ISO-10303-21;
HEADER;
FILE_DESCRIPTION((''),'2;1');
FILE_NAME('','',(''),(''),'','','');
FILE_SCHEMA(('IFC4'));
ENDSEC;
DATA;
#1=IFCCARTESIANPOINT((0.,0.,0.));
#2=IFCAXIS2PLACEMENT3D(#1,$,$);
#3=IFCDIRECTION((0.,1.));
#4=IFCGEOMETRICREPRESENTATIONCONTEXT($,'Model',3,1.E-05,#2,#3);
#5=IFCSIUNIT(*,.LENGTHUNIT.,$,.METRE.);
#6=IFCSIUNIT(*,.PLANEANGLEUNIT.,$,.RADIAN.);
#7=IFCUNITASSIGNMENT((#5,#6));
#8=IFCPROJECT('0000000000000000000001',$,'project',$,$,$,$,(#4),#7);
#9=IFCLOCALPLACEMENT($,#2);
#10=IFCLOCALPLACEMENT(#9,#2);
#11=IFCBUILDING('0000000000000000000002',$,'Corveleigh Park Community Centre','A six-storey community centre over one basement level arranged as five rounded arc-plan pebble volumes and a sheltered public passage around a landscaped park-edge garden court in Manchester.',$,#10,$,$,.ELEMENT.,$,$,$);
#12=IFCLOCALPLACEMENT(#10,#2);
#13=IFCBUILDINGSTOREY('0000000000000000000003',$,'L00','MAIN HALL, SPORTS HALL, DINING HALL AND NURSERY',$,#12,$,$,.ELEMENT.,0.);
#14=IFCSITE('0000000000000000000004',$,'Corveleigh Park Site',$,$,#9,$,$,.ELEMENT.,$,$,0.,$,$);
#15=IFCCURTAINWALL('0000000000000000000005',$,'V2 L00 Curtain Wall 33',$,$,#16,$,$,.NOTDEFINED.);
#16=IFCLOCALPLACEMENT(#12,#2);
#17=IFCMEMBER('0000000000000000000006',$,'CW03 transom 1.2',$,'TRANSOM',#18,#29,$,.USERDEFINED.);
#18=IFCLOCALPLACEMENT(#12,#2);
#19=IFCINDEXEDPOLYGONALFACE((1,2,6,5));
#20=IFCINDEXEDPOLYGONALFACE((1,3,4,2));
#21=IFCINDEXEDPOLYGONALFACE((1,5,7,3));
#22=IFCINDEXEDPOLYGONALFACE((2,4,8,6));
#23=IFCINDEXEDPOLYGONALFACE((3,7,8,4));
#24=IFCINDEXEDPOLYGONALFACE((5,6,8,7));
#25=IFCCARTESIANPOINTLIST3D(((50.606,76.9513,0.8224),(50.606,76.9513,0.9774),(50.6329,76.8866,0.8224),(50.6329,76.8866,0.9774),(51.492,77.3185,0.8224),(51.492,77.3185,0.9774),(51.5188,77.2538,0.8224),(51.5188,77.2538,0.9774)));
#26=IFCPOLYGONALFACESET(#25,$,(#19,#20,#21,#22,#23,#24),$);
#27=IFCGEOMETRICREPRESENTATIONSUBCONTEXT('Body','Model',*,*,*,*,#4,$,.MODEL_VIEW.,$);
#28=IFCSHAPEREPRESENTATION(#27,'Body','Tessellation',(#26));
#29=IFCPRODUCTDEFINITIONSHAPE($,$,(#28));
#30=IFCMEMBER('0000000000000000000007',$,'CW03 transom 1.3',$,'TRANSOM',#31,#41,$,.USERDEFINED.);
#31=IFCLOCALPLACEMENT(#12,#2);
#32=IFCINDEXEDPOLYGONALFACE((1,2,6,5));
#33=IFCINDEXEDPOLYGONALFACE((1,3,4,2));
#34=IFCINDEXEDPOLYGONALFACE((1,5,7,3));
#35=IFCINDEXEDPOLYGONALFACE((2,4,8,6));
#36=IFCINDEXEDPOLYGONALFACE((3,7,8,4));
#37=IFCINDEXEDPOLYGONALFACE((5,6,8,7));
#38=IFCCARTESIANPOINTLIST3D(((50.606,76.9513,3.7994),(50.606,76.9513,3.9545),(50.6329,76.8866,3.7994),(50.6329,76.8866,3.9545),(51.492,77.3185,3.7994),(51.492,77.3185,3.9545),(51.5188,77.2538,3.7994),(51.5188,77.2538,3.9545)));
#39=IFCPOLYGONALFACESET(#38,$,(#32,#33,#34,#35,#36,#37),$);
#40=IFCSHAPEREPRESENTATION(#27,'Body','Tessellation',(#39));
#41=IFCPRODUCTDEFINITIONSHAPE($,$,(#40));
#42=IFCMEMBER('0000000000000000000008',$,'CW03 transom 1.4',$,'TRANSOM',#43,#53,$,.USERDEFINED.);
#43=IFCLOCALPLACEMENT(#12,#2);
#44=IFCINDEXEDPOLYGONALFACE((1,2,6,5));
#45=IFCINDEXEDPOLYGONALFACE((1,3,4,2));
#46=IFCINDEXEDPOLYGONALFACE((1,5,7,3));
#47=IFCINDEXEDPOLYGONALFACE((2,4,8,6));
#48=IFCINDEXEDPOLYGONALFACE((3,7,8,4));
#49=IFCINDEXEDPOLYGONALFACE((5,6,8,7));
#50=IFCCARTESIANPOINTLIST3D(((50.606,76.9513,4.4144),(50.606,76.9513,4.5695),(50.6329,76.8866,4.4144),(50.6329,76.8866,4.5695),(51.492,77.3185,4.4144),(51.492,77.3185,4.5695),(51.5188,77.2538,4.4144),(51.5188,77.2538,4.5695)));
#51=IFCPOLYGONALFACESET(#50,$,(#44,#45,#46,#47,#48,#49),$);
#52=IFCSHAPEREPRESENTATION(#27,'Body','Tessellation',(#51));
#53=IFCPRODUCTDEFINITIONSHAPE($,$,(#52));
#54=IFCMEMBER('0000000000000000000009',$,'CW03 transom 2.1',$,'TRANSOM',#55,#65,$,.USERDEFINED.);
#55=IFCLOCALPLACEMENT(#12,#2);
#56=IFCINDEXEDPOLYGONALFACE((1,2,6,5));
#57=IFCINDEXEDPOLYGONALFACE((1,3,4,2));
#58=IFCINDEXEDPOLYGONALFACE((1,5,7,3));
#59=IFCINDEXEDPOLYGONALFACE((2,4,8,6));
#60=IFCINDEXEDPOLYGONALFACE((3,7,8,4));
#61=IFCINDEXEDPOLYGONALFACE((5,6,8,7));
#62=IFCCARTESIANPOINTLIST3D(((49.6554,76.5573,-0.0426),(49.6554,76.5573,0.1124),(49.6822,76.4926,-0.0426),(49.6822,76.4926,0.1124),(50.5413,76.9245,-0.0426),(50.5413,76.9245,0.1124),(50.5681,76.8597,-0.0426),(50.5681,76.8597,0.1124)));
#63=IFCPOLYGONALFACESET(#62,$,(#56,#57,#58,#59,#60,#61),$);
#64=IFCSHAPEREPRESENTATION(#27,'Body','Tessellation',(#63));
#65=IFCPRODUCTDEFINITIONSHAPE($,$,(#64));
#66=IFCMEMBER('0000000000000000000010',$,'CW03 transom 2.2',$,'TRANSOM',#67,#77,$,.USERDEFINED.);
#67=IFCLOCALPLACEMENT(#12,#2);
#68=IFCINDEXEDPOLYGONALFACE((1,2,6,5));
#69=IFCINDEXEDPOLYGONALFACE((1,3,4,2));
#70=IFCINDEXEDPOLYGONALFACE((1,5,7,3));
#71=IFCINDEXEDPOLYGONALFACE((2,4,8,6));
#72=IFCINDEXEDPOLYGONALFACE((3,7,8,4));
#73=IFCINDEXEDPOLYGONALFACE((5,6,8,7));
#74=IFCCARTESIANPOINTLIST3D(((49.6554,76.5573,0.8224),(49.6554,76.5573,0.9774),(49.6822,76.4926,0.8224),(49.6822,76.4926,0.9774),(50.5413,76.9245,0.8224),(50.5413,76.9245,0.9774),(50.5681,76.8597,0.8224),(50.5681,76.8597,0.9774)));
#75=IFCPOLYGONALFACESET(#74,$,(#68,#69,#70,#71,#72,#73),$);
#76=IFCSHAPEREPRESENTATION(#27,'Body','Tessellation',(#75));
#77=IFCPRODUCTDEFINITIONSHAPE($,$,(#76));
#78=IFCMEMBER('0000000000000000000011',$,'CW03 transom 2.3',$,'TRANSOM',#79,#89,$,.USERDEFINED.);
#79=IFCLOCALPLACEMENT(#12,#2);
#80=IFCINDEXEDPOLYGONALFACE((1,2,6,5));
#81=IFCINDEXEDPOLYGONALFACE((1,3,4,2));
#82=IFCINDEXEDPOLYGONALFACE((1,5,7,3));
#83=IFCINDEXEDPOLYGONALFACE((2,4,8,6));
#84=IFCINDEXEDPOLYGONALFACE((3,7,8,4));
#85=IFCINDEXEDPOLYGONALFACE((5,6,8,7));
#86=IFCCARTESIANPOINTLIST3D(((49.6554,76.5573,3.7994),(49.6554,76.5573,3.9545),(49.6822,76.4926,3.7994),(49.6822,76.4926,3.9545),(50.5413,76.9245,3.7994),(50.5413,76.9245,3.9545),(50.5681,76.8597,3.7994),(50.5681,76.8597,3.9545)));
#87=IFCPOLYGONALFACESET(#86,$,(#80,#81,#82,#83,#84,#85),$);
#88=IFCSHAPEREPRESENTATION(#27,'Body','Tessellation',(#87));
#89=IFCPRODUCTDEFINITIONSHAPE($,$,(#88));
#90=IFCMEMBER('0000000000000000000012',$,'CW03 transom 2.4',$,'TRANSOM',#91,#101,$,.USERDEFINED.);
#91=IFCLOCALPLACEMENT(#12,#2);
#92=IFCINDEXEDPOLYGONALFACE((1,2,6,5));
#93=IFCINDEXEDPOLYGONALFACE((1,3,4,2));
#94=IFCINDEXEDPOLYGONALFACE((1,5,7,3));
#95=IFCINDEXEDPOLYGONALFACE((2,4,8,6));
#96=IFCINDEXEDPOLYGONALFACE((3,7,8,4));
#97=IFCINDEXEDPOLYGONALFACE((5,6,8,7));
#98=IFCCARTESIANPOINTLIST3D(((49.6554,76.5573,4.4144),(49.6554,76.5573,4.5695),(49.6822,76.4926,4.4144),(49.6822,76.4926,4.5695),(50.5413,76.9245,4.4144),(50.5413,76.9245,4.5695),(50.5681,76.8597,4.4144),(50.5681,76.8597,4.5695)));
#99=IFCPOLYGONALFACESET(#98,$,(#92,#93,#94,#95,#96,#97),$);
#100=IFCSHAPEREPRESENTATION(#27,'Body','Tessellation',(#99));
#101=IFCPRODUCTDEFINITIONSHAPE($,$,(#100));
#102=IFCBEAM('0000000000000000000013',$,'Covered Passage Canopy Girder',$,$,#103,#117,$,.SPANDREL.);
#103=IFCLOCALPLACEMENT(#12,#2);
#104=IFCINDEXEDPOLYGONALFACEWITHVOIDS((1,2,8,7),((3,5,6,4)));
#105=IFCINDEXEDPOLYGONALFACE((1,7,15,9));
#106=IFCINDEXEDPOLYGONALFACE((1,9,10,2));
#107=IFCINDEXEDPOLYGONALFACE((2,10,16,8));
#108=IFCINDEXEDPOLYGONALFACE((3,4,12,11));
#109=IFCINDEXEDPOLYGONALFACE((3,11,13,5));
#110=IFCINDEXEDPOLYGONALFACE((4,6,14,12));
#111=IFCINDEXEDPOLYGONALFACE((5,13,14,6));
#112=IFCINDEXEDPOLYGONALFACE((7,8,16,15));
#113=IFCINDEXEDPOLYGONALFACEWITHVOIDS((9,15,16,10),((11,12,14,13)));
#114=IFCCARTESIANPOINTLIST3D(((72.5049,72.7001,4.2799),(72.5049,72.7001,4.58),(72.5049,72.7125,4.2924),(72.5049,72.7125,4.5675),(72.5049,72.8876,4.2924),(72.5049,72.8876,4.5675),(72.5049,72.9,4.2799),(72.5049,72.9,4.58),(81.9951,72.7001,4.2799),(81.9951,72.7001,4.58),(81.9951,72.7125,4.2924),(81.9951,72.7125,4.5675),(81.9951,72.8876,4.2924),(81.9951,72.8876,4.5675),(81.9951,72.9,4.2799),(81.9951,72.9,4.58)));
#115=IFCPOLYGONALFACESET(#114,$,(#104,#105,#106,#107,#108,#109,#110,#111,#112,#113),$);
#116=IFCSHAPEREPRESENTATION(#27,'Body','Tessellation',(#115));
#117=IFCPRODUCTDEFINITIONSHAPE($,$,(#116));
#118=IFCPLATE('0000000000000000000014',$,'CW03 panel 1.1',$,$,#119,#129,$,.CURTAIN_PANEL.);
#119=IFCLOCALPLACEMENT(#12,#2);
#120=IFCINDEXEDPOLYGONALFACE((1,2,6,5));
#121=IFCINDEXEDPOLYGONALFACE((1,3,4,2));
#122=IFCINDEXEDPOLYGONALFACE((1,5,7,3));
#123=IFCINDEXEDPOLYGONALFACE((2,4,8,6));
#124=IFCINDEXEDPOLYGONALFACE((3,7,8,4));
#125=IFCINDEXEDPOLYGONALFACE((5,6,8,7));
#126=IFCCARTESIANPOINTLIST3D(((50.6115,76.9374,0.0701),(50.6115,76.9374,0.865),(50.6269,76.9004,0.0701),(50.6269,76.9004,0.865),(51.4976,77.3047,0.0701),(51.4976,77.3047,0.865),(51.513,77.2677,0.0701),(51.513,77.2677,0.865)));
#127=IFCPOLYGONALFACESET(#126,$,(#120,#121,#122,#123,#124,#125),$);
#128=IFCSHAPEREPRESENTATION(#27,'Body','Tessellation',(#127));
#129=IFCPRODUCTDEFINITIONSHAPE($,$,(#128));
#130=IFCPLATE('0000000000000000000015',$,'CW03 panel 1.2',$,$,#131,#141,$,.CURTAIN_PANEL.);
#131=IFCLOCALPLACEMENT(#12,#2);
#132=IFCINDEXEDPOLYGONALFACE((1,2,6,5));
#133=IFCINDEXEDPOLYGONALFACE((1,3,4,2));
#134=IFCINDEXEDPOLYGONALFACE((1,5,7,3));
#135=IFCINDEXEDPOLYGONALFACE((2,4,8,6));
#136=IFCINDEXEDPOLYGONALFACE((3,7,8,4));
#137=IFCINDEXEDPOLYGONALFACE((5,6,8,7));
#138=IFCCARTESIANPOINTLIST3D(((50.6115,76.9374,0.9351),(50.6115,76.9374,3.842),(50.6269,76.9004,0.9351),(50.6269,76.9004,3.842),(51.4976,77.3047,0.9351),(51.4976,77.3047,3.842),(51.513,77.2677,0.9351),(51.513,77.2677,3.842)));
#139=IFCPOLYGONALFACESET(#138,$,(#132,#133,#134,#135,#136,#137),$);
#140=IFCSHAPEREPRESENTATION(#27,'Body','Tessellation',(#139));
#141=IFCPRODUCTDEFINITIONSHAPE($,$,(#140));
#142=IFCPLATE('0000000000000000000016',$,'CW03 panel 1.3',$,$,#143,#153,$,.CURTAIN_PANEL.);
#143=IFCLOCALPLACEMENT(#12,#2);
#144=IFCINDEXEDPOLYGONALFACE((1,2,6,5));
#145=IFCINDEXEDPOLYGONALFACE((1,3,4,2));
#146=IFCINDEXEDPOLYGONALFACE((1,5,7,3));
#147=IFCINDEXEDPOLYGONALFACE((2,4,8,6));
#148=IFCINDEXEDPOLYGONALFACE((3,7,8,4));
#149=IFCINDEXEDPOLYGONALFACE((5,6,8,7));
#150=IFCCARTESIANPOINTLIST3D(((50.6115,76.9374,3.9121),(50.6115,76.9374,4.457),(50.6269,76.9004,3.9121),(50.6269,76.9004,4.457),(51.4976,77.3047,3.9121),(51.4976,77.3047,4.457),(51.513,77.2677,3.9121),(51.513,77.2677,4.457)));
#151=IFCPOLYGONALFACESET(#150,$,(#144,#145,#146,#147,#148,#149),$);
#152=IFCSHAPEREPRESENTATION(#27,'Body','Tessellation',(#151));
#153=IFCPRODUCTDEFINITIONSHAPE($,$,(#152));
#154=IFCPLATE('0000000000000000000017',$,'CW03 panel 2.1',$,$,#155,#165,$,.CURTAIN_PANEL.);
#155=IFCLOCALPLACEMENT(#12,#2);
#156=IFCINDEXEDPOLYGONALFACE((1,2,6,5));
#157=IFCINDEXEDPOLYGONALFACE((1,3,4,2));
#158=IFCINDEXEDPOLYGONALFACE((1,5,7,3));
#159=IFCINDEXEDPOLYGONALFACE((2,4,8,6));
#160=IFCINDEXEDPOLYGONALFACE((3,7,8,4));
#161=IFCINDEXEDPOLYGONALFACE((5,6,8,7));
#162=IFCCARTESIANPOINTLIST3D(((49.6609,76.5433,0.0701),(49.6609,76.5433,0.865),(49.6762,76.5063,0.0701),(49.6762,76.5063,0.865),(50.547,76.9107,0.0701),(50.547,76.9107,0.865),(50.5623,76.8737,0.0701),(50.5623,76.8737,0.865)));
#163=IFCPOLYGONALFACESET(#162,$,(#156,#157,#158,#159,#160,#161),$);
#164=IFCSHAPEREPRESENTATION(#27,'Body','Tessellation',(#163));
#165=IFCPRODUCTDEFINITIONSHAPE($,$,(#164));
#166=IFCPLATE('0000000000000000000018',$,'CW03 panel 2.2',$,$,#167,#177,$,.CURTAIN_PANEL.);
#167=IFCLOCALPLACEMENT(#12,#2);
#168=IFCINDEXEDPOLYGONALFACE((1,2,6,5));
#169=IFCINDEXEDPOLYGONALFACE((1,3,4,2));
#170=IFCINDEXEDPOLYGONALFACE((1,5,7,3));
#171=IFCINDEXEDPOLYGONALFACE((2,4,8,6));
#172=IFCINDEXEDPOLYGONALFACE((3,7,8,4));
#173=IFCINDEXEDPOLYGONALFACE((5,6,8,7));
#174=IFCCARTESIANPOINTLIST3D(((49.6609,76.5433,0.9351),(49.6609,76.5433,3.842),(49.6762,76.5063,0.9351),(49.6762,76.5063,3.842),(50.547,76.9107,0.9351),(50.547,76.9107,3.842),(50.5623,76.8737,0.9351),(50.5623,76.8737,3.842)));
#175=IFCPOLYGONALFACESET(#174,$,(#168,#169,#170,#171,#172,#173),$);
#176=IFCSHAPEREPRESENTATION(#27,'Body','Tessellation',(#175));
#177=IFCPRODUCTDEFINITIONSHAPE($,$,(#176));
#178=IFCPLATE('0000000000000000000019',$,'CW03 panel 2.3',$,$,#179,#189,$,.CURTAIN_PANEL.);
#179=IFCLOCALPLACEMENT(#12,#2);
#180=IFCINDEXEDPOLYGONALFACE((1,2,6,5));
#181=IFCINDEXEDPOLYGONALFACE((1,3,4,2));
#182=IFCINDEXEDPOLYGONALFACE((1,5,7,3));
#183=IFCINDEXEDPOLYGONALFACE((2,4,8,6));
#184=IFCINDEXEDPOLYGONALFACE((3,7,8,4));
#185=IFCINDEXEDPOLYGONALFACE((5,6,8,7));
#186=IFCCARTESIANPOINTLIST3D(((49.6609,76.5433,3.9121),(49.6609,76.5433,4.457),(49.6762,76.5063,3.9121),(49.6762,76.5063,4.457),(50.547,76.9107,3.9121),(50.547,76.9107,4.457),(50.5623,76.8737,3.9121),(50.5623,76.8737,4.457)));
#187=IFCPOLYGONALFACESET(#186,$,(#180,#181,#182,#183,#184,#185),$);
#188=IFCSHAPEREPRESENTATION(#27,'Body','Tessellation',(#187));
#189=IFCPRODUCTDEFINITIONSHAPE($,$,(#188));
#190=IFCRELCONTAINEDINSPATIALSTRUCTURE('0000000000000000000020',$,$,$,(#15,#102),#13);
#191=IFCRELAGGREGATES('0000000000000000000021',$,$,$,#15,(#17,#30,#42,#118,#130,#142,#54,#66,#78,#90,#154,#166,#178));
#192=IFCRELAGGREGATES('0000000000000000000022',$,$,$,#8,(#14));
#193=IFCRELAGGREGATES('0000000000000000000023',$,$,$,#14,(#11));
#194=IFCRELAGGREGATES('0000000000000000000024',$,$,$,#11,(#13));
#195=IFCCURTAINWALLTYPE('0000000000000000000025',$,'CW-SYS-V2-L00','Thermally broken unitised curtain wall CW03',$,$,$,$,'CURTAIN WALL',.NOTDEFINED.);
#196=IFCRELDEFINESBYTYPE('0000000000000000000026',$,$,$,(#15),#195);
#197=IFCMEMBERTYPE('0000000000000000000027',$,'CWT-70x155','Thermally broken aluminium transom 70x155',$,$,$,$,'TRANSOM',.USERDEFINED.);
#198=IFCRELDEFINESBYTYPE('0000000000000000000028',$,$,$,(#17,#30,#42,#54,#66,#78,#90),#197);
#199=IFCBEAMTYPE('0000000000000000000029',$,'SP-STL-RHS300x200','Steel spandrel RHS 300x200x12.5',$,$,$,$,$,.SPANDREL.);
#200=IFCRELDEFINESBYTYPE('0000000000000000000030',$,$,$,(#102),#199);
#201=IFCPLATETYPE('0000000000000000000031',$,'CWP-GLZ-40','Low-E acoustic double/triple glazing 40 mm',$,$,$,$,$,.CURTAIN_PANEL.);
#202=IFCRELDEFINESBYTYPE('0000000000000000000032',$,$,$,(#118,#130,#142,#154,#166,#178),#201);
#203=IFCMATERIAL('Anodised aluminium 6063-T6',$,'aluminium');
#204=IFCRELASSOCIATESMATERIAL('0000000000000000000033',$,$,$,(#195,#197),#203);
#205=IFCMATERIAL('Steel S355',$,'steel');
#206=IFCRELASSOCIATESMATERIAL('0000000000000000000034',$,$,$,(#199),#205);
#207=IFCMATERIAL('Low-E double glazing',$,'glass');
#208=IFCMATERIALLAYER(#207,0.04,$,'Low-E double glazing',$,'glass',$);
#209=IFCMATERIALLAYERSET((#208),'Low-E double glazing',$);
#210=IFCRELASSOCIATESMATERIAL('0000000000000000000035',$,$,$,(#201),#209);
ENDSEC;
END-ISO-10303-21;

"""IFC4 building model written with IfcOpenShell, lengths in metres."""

from ifc_helpers import new_model, si_unit, direction, frame, origin, origin_2d, place, context, subcontext, project, spatial, rectangle, hollow_rectangle, extrude, material, layer, layer_set, material_profile, profile_set, type_object, element, aggregate, save


model = new_model("IFC4")

# Units and contexts
model_context = context("Model", 3, precision=1e-05, world=origin(), true_north=direction((0.0, 1.0)))
body_context = subcontext(model_context, "Body", "Model", "MODEL_VIEW")
ifc_project = project(units=[si_unit("LENGTHUNIT", "METRE"), si_unit("PLANEANGLEUNIT", "RADIAN")], contexts=[model_context])

# Site, building, storey
site_placement = place(None, origin())
site = spatial("IfcSite", under=ifc_project, at=site_placement, Name="Corveleigh Park Site", CompositionType="ELEMENT", RefElevation=0.0)
building_placement = place(site_placement, origin())
building = spatial("IfcBuilding", under=site, at=building_placement, Name="Corveleigh Park Community Centre", Description="A six-storey community centre over one basement level arranged as five rounded arc-plan pebble volumes and a sheltered public passage around a landscaped park-edge garden court in Manchester.", CompositionType="ELEMENT")
storey_placement = place(building_placement, origin())
storey = spatial("IfcBuildingStorey", under=building, at=storey_placement, Name="L00", Description="MAIN HALL, SPORTS HALL, DINING HALL AND NURSERY", CompositionType="ELEMENT", Elevation=0.0)

# Shared definitions
ifc_material_1 = material(Name="Anodised aluminium 6063-T6", Category="aluminium")
curtain_wall_type = type_object("IfcCurtainWallType", Name="CW-SYS-V2-L00", Description="Thermally broken unitised curtain wall CW03", ElementType="CURTAIN WALL", PredefinedType="NOTDEFINED", material=ifc_material_1)

# Curtain wall
curtain_wall_1_placement = place(storey_placement, origin())
curtain_wall_1 = element("IfcCurtainWall", 1, at=curtain_wall_1_placement, inside=storey, type_object=curtain_wall_type, Name="V2 L00 Curtain Wall 33", PredefinedType="NOTDEFINED")

# Members
ifc_material_profile_1 = material_profile(ifc_material_1, rectangle(XDim=0.0701, YDim=0.155, at=origin_2d()), Name="ALU-T70x155", Category="aluminium")
ifc_profile_set_1 = profile_set([ifc_material_profile_1], Name="Anodised aluminium 6063-T6")
member_type_1 = type_object("IfcMemberType", Name="CWT-70x155", Description="Thermally broken aluminium transom 70x155", ElementType="TRANSOM", PredefinedType="USERDEFINED", material=ifc_profile_set_1)
member_1_placement = place(storey_placement, frame((51.5054, 77.2861, 0.8999), z_axis=(-0.923806, -0.382861, 0.0), x_axis=(0.382861, -0.923806, 0.0)))
member_1 = element("IfcMember", 2, at=member_1_placement, type_object=member_type_1, Name="CW03 transom 1.2", ObjectType="TRANSOM", PredefinedType="USERDEFINED", context=body_context, shape_type="SweptSolid", body=[
    extrude(rectangle(XDim=0.0701, YDim=0.155, at=origin_2d()), origin(), (0.0, 0.0, 1.0), 0.959),
])
member_2_placement = place(storey_placement, frame((51.5054, 77.2861, 3.877), z_axis=(-0.923806, -0.382861, 0.0), x_axis=(0.382861, -0.923806, 0.0)))
member_2 = element("IfcMember", 3, at=member_2_placement, type_object=member_type_1, Name="CW03 transom 1.3", ObjectType="TRANSOM", PredefinedType="USERDEFINED", context=body_context, shape_type="SweptSolid", body=[
    extrude(rectangle(XDim=0.0701, YDim=0.155, at=origin_2d()), origin(), (0.0, 0.0, 1.0), 0.959),
])
member_3_placement = place(storey_placement, frame((51.5054, 77.2861, 4.4919), z_axis=(-0.923806, -0.382861, 0.0), x_axis=(0.382861, -0.923806, 0.0)))
member_3 = element("IfcMember", 4, at=member_3_placement, type_object=member_type_1, Name="CW03 transom 1.4", ObjectType="TRANSOM", PredefinedType="USERDEFINED", context=body_context, shape_type="SweptSolid", body=[
    extrude(rectangle(XDim=0.0701, YDim=0.155, at=origin_2d()), origin(), (0.0, 0.0, 1.0), 0.959),
])
member_4_placement = place(storey_placement, frame((50.5547, 76.8921, 0.0349), z_axis=(-0.923806, -0.382861, 0.0), x_axis=(0.382861, -0.923806, 0.0)))
member_4 = element("IfcMember", 5, at=member_4_placement, type_object=member_type_1, Name="CW03 transom 2.1", ObjectType="TRANSOM", PredefinedType="USERDEFINED", context=body_context, shape_type="SweptSolid", body=[
    extrude(rectangle(XDim=0.0701, YDim=0.155, at=origin_2d()), origin(), (0.0, 0.0, 1.0), 0.959),
])
member_5_placement = place(storey_placement, frame((50.5547, 76.8921, 0.8999), z_axis=(-0.923806, -0.382861, 0.0), x_axis=(0.382861, -0.923806, 0.0)))
member_5 = element("IfcMember", 6, at=member_5_placement, type_object=member_type_1, Name="CW03 transom 2.2", ObjectType="TRANSOM", PredefinedType="USERDEFINED", context=body_context, shape_type="SweptSolid", body=[
    extrude(rectangle(XDim=0.0701, YDim=0.155, at=origin_2d()), origin(), (0.0, 0.0, 1.0), 0.959),
])
member_6_placement = place(storey_placement, frame((50.5547, 76.8921, 3.877), z_axis=(-0.923806, -0.382861, 0.0), x_axis=(0.382861, -0.923806, 0.0)))
member_6 = element("IfcMember", 7, at=member_6_placement, type_object=member_type_1, Name="CW03 transom 2.3", ObjectType="TRANSOM", PredefinedType="USERDEFINED", context=body_context, shape_type="SweptSolid", body=[
    extrude(rectangle(XDim=0.0701, YDim=0.155, at=origin_2d()), origin(), (0.0, 0.0, 1.0), 0.959),
])
member_7_placement = place(storey_placement, frame((50.5547, 76.8921, 4.4919), z_axis=(-0.923806, -0.382861, 0.0), x_axis=(0.382861, -0.923806, 0.0)))
member_7 = element("IfcMember", 8, at=member_7_placement, type_object=member_type_1, Name="CW03 transom 2.4", ObjectType="TRANSOM", PredefinedType="USERDEFINED", context=body_context, shape_type="SweptSolid", body=[
    extrude(rectangle(XDim=0.0701, YDim=0.155, at=origin_2d()), origin(), (0.0, 0.0, 1.0), 0.959),
])

# Beam
ifc_material_2 = material(Name="Steel S355", Category="steel")
ifc_material_profile_2 = material_profile(ifc_material_2, hollow_rectangle(XDim=0.2, YDim=0.3, WallThickness=0.0125, at=origin_2d()), Name="RHS 300x200x12.5", Category="steel")
ifc_profile_set_2 = profile_set([ifc_material_profile_2], Name="Steel S355")
beam_type = type_object("IfcBeamType", Name="SP-STL-RHS300x200", Description="Steel spandrel RHS 300x200x12.5", PredefinedType="SPANDREL", material=ifc_profile_set_2)
beam_placement = place(storey_placement, frame((72.5049, 72.8, 4.4299), z_axis=(1.0, 0.0, 0.0), x_axis=(0.0, 1.0, 0.0)))
element("IfcBeam", 9, at=beam_placement, inside=storey, type_object=beam_type, Name="Covered Passage Canopy Girder", PredefinedType="SPANDREL", context=body_context, shape_type="SweptSolid", body=[
    extrude(hollow_rectangle(XDim=0.2, YDim=0.3, WallThickness=0.0125, at=origin_2d()), origin(), (0.0, 0.0, 1.0), 9.4902),
])

# Plates
ifc_material_3 = material(Name="Low-E double glazing", Category="glass")
ifc_layer_1 = layer(ifc_material_3, 0.04, Name="Low-E double glazing", Category="glass")
ifc_layer_set_1 = layer_set([ifc_layer_1], Name="Low-E double glazing")
plate_type_1 = type_object("IfcPlateType", Name="CWP-GLZ-40", Description="Low-E acoustic double/triple glazing 40 mm", PredefinedType="CURTAIN_PANEL", material=ifc_layer_set_1)
plate_1_placement = place(storey_placement, frame((51.0623, 77.1025, 0.0701), z_axis=(0.0, 0.0, 1.0), x_axis=(-0.92377, -0.382947, 0.0)))
plate_1 = element("IfcPlate", 10, at=plate_1_placement, type_object=plate_type_1, Name="CW03 panel 1.1", PredefinedType="CURTAIN_PANEL", context=body_context, shape_type="SweptSolid", body=[
    extrude(rectangle(XDim=0.9592, YDim=0.04, at=origin_2d()), origin(), (0.0, 0.0, 1.0), 0.7949),
])
plate_2_placement = place(storey_placement, frame((51.0623, 77.1025, 0.9351), z_axis=(0.0, 0.0, 1.0), x_axis=(-0.92377, -0.382947, 0.0)))
plate_2 = element("IfcPlate", 11, at=plate_2_placement, type_object=plate_type_1, Name="CW03 panel 1.2", PredefinedType="CURTAIN_PANEL", context=body_context, shape_type="SweptSolid", body=[
    extrude(rectangle(XDim=0.9592, YDim=0.04, at=origin_2d()), origin(), (0.0, 0.0, 1.0), 2.907),
])
plate_3_placement = place(storey_placement, frame((51.0623, 77.1025, 3.9121), z_axis=(0.0, 0.0, 1.0), x_axis=(-0.92377, -0.382947, 0.0)))
plate_3 = element("IfcPlate", 12, at=plate_3_placement, type_object=plate_type_1, Name="CW03 panel 1.3", PredefinedType="CURTAIN_PANEL", context=body_context, shape_type="SweptSolid", body=[
    extrude(rectangle(XDim=0.9592, YDim=0.04, at=origin_2d()), origin(), (0.0, 0.0, 1.0), 0.5449),
])
plate_4_placement = place(storey_placement, frame((50.1116, 76.7085, 0.0701), z_axis=(0.0, 0.0, 1.0), x_axis=(-0.92377, -0.382947, 0.0)))
plate_4 = element("IfcPlate", 13, at=plate_4_placement, type_object=plate_type_1, Name="CW03 panel 2.1", PredefinedType="CURTAIN_PANEL", context=body_context, shape_type="SweptSolid", body=[
    extrude(rectangle(XDim=0.9592, YDim=0.04, at=origin_2d()), origin(), (0.0, 0.0, 1.0), 0.7949),
])
plate_5_placement = place(storey_placement, frame((50.1116, 76.7085, 0.9351), z_axis=(0.0, 0.0, 1.0), x_axis=(-0.92377, -0.382947, 0.0)))
plate_5 = element("IfcPlate", 14, at=plate_5_placement, type_object=plate_type_1, Name="CW03 panel 2.2", PredefinedType="CURTAIN_PANEL", context=body_context, shape_type="SweptSolid", body=[
    extrude(rectangle(XDim=0.9592, YDim=0.04, at=origin_2d()), origin(), (0.0, 0.0, 1.0), 2.907),
])
plate_6_placement = place(storey_placement, frame((50.1116, 76.7085, 3.9121), z_axis=(0.0, 0.0, 1.0), x_axis=(-0.92377, -0.382947, 0.0)))
plate_6 = element("IfcPlate", 15, at=plate_6_placement, type_object=plate_type_1, Name="CW03 panel 2.3", PredefinedType="CURTAIN_PANEL", context=body_context, shape_type="SweptSolid", body=[
    extrude(rectangle(XDim=0.9592, YDim=0.04, at=origin_2d()), origin(), (0.0, 0.0, 1.0), 0.5449),
])
aggregate(curtain_wall_1, [member_1, member_2, member_3, plate_1, plate_2, plate_3, member_4, member_5, member_6, member_7, plate_4, plate_5, plate_6])

save(model, "model.ifc")
